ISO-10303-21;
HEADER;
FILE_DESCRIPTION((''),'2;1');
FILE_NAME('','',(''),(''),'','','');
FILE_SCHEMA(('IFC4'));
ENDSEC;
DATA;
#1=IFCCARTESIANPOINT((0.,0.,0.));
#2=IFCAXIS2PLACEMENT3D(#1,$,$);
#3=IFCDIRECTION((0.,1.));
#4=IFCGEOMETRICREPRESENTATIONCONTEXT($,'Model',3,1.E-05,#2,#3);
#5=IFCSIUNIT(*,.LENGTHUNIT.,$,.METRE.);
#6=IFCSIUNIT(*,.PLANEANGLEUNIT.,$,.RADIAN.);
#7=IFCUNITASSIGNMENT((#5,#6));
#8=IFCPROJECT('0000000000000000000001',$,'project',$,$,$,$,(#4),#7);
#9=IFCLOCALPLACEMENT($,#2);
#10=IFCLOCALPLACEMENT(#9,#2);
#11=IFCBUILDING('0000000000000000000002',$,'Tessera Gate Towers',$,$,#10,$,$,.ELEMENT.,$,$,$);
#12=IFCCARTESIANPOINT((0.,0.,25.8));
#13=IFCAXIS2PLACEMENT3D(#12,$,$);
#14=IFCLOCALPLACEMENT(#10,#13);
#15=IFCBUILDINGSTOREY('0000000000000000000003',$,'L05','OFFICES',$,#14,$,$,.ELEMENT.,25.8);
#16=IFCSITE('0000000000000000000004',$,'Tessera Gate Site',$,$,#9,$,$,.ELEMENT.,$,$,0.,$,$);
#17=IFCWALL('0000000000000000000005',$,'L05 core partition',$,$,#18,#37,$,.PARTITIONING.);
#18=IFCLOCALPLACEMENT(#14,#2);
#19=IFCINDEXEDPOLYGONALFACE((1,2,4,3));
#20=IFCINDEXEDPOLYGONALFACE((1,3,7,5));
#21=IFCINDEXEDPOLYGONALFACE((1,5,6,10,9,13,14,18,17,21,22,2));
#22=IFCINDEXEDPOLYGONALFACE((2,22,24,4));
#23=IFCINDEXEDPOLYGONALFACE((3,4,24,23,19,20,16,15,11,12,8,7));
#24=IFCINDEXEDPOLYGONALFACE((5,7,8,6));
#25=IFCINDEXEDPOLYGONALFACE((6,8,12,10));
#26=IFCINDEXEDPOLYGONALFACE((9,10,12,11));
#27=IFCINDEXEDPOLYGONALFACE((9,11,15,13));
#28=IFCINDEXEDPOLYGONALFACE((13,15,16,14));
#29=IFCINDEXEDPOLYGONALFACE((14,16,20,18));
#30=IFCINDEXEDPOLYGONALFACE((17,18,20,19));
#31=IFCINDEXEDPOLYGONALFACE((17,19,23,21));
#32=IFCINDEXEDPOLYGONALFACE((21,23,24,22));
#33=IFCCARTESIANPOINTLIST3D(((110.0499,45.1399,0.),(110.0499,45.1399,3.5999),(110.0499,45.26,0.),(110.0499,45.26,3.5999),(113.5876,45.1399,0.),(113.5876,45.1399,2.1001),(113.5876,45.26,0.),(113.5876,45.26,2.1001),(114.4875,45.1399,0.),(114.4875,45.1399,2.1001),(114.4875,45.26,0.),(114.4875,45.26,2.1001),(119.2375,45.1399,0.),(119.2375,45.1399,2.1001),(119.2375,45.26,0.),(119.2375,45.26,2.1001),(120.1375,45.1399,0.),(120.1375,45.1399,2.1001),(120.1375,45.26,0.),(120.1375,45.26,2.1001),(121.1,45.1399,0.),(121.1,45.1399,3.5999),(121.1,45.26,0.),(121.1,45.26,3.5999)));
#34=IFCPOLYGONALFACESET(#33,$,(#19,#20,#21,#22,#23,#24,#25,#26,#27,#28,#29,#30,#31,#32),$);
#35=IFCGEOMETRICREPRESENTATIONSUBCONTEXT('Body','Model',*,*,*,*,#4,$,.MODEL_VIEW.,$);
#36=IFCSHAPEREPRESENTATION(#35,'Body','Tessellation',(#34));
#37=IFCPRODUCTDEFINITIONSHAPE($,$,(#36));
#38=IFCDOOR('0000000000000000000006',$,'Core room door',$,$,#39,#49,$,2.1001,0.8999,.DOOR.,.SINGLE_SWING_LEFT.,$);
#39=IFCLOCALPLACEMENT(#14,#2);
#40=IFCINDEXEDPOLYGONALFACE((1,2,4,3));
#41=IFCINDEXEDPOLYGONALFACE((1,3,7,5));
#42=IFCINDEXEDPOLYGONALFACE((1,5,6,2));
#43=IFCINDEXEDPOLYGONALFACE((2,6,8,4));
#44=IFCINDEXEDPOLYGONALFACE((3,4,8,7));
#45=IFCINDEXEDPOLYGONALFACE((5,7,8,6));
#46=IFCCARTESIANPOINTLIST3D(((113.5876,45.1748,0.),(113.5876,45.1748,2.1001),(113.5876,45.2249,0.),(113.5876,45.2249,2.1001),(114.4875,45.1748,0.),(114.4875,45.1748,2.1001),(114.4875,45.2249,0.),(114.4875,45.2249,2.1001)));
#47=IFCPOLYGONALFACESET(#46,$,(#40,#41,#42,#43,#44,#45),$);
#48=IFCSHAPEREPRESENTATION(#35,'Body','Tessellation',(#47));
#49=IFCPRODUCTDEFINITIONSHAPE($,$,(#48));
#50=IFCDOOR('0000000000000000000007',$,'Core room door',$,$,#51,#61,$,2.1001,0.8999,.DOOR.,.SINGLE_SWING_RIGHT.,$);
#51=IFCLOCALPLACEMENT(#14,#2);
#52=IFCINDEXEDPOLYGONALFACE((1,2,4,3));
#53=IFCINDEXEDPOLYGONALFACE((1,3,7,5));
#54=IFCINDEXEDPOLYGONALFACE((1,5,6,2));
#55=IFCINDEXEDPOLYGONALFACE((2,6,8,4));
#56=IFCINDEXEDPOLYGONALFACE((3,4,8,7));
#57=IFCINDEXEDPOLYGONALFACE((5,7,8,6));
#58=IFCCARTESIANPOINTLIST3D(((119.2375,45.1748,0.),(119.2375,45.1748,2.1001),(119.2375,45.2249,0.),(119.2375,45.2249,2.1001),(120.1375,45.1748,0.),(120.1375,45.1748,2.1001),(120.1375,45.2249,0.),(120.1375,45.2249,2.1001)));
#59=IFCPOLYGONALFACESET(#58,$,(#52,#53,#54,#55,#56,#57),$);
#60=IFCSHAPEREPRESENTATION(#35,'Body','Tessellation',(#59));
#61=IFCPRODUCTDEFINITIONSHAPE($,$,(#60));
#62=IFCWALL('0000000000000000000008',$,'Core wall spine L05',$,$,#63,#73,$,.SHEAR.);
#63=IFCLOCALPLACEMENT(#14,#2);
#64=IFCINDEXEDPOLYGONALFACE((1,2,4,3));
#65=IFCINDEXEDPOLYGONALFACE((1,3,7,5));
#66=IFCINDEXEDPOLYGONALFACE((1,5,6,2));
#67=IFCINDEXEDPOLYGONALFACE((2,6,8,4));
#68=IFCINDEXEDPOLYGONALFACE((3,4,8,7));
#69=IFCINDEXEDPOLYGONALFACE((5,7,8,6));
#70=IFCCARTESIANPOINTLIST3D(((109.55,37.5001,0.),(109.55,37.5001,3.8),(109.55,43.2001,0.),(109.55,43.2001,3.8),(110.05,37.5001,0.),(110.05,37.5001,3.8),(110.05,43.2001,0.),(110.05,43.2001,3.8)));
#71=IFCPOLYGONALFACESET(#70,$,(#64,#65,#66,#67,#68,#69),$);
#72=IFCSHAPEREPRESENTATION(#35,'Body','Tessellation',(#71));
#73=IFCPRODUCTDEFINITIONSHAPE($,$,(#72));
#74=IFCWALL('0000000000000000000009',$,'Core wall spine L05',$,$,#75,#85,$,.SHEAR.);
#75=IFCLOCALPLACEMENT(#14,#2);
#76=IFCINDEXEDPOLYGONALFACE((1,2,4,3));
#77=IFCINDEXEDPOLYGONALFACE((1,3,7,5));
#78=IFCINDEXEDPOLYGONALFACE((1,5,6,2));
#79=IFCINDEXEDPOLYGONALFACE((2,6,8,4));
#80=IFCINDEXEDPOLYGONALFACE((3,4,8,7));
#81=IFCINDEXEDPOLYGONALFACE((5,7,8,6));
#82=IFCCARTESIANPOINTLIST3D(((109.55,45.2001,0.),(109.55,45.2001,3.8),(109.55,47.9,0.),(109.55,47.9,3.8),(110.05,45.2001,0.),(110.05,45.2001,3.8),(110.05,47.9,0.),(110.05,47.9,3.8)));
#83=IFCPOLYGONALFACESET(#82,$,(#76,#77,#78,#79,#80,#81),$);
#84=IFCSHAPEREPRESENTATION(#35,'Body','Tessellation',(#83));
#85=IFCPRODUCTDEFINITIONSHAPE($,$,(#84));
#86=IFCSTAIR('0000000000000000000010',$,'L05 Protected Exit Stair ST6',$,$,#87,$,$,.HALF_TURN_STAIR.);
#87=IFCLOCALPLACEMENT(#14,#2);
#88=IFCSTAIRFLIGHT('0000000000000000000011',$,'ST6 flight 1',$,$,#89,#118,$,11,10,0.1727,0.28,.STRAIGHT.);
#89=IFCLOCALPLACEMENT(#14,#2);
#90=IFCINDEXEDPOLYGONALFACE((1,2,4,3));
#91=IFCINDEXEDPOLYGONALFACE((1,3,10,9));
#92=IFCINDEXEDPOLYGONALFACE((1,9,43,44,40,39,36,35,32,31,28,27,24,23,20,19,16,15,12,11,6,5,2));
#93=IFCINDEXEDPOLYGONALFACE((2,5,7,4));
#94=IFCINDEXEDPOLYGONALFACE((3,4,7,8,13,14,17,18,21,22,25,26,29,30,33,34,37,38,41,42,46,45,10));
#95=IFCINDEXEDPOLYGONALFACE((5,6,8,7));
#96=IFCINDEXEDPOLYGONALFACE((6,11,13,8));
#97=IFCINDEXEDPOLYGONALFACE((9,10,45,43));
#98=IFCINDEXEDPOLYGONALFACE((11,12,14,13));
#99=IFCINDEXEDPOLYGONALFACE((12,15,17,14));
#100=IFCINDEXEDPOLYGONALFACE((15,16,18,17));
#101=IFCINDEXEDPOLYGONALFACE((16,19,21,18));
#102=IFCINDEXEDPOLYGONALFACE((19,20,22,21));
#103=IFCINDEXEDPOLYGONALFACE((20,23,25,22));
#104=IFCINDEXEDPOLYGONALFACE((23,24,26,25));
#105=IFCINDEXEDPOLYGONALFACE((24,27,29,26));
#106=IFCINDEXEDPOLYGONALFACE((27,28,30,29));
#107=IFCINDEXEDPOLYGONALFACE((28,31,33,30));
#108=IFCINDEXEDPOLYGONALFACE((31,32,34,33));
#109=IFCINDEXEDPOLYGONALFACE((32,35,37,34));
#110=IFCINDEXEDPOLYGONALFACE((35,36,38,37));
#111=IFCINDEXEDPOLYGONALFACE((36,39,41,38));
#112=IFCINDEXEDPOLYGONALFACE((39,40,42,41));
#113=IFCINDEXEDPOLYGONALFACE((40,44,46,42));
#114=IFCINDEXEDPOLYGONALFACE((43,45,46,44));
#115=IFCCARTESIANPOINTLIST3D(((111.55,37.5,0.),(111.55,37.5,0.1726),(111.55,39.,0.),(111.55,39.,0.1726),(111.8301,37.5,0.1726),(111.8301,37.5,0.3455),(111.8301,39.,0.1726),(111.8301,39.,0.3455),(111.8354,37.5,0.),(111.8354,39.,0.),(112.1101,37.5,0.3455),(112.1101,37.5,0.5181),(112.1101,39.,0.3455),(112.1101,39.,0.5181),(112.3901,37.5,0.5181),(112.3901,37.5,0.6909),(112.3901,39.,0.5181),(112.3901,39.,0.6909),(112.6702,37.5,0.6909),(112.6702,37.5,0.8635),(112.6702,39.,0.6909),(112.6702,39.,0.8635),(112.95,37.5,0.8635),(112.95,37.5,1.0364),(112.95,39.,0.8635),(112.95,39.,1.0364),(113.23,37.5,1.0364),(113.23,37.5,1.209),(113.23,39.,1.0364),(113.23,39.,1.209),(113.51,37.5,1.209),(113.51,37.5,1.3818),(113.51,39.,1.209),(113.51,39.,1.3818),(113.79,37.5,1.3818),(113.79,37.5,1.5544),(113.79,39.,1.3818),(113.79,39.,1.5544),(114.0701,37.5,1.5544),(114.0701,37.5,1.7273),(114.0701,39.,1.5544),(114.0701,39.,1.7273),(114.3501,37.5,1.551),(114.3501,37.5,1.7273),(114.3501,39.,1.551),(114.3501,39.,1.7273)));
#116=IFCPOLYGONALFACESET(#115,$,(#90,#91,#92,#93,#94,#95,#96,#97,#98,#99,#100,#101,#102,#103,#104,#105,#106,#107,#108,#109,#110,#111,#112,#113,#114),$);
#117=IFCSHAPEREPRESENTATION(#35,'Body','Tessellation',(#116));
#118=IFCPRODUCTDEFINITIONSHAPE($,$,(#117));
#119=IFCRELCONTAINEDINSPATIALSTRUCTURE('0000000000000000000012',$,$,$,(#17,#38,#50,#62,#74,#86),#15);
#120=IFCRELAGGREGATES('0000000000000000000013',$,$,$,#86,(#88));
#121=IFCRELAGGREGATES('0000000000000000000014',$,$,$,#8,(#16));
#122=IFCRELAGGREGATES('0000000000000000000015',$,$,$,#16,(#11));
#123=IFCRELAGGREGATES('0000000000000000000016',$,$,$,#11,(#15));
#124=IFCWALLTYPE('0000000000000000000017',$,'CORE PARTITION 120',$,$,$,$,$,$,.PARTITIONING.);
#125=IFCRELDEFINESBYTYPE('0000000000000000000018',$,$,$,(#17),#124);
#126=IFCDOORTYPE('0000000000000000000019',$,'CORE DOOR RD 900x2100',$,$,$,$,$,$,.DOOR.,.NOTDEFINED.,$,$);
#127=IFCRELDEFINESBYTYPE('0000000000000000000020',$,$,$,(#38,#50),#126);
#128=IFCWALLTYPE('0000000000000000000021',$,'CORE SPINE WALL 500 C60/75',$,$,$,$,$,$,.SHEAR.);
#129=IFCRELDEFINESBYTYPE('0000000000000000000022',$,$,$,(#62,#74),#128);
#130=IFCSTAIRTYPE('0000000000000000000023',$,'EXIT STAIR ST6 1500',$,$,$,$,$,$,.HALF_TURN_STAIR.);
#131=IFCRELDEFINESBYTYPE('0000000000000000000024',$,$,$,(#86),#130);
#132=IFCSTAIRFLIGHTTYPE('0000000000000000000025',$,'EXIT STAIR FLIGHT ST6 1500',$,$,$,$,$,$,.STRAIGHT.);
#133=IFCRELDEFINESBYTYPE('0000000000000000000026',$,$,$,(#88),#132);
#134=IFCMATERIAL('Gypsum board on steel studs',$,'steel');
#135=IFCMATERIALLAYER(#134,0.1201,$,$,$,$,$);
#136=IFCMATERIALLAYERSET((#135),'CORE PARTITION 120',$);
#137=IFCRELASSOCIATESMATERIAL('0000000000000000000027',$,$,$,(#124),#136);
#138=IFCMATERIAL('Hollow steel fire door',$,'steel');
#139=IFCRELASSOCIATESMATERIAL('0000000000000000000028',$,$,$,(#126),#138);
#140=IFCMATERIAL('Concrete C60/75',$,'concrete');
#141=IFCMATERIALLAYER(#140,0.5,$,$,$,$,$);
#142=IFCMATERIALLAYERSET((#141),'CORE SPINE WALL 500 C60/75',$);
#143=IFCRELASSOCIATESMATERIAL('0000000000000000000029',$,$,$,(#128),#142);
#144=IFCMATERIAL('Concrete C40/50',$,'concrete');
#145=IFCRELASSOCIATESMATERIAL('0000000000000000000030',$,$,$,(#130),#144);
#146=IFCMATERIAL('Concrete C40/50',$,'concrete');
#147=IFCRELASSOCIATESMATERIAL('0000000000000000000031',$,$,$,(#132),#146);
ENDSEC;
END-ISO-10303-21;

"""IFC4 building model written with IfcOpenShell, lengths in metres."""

from ifc_helpers import new_model, si_unit, direction, frame, frame_2d, origin, place, context, subcontext, project, spatial, polyline, rectangle, outline, extrude, source, transform, mapped, material, layer, layer_set, type_object, element, fill, aggregate, save


model = new_model("IFC4")

# Units and contexts
model_context = context("Model", 3, precision=1e-05, world=origin(), true_north=direction((0.0, 1.0)))
body_context = subcontext(model_context, "Body", "Model", "MODEL_VIEW")
ifc_project = project(units=[si_unit("LENGTHUNIT", "METRE"), si_unit("PLANEANGLEUNIT", "RADIAN")], contexts=[model_context])

# Site, building, storey
site_placement = place(None, origin())
site = spatial("IfcSite", under=ifc_project, at=site_placement, Name="Tessera Gate Site", CompositionType="ELEMENT", RefElevation=0.0)
building_placement = place(site_placement, origin())
building = spatial("IfcBuilding", under=site, at=building_placement, Name="Tessera Gate Towers", CompositionType="ELEMENT")
storey_placement = place(building_placement, frame((0.0, 0.0, 25.8)))
storey = spatial("IfcBuildingStorey", under=building, at=storey_placement, Name="L05", Description="OFFICES", CompositionType="ELEMENT", Elevation=25.8)

# Wall, openings, doors
ifc_material_1 = material(Name="Gypsum board on steel studs", Category="steel")
ifc_layer_1 = layer(ifc_material_1, 0.1201)
ifc_layer_set_1 = layer_set([ifc_layer_1], Name="CORE PARTITION 120")
wall_type_1 = type_object("IfcWallType", Name="CORE PARTITION 120", PredefinedType="PARTITIONING", material=ifc_layer_set_1)
wall_1_placement = place(storey_placement, frame((110.05, 45.2, 0.0), z_axis=(0.0, 0.0, 1.0), x_axis=(1.0, 0.0, 0.0)))
wall_1 = element("IfcWall", 1, at=wall_1_placement, inside=storey, type_object=wall_type_1, Name="L05 core partition", PredefinedType="PARTITIONING", context=body_context, shape_type="SweptSolid", body=[
    extrude(rectangle(XDim=11.05, YDim=0.1201, at=frame_2d((5.5249, 0.0))), origin(), (0.0, 0.0, 1.0), 3.5999),
])
shared_shape_1 = source(origin(), body_context, "Body", "SweptSolid", [
    extrude(rectangle(XDim=0.8999, YDim=2.1001, at=frame_2d((0.45, 1.05))), frame((0.0, 0.0701, 0.0), z_axis=(0.0, -1.0, 0.0), x_axis=(1.0, 0.0, 0.0)), (0.0, 0.0, 1.0), 0.1401),
])
opening_1_placement = place(wall_1_placement, frame((3.5376, 0.0, 0.0)))
opening_1 = element("IfcOpeningElement", 2, at=opening_1_placement, cuts=wall_1, PredefinedType="OPENING", context=body_context, shape_type="MappedRepresentation", body=[
    mapped(shared_shape_1, transform((0.0, 0.0, 0.0), scale=1.0)),
])
opening_2_placement = place(wall_1_placement, frame((9.1875, 0.0, 0.0)))
opening_2 = element("IfcOpeningElement", 3, at=opening_2_placement, cuts=wall_1, PredefinedType="OPENING", context=body_context, shape_type="MappedRepresentation", body=[
    mapped(shared_shape_1, transform((0.0, 0.0, 0.0), scale=1.0)),
])
ifc_material_2 = material(Name="Hollow steel fire door", Category="steel")
door_type_1 = type_object("IfcDoorType", Name="CORE DOOR RD 900x2100", OperationType="NOTDEFINED", PredefinedType="DOOR", material=ifc_material_2)
shared_shape_2 = source(origin(), body_context, "Body", "SweptSolid", [
    extrude(rectangle(XDim=0.8999, YDim=2.1001, at=frame_2d((0.45, 1.05))), frame((0.0, 0.0249, 0.0), z_axis=(0.0, -1.0, 0.0), x_axis=(1.0, 0.0, 0.0)), (0.0, 0.0, 1.0), 0.05),
])
door_1_placement = place(opening_1_placement, origin())
door_1 = element("IfcDoor", 4, at=door_1_placement, inside=storey, type_object=door_type_1, Name="Core room door", OperationType="SINGLE_SWING_LEFT", OverallHeight=2.1001, OverallWidth=0.8999, PredefinedType="DOOR", context=body_context, shape_type="MappedRepresentation", body=[
    mapped(shared_shape_2, transform((0.0, 0.0, 0.0), scale=1.0)),
])
fill(opening_1, door_1)
door_2_placement = place(opening_2_placement, origin())
door_2 = element("IfcDoor", 5, at=door_2_placement, inside=storey, type_object=door_type_1, Name="Core room door", OperationType="SINGLE_SWING_RIGHT", OverallHeight=2.1001, OverallWidth=0.8999, PredefinedType="DOOR", context=body_context, shape_type="MappedRepresentation", body=[
    mapped(shared_shape_2, transform((0.0, 0.0, 0.0), scale=1.0)),
])
fill(opening_2, door_2)

# Walls
ifc_material_3 = material(Name="Concrete C60/75", Category="concrete")
ifc_layer_2 = layer(ifc_material_3, 0.5)
ifc_layer_set_2 = layer_set([ifc_layer_2], Name="CORE SPINE WALL 500 C60/75")
wall_type_2 = type_object("IfcWallType", Name="CORE SPINE WALL 500 C60/75", PredefinedType="SHEAR", material=ifc_layer_set_2)
wall_2_placement = place(storey_placement, frame((109.8, 37.5, 0.0), z_axis=(0.0, 0.0, 1.0), x_axis=(0.0, 1.0, 0.0)))
element("IfcWall", 6, at=wall_2_placement, inside=storey, type_object=wall_type_2, Name="Core wall spine L05", PredefinedType="SHEAR", context=body_context, shape_type="SweptSolid", body=[
    extrude(rectangle(XDim=5.7, YDim=0.5, at=frame_2d((2.8501, 0.0))), origin(), (0.0, 0.0, 1.0), 3.8),
])
wall_3_placement = place(storey_placement, frame((109.8, 45.2, 0.0), z_axis=(0.0, 0.0, 1.0), x_axis=(0.0, 1.0, 0.0)))
element("IfcWall", 7, at=wall_3_placement, inside=storey, type_object=wall_type_2, Name="Core wall spine L05", PredefinedType="SHEAR", context=body_context, shape_type="SweptSolid", body=[
    extrude(rectangle(XDim=2.7, YDim=0.5, at=frame_2d((1.3501, 0.0))), origin(), (0.0, 0.0, 1.0), 3.8),
])

# Stair, stair flight
ifc_material_4 = material(Name="Concrete C40/50", Category="concrete")
stair_type = type_object("IfcStairType", Name="EXIT STAIR ST6 1500", PredefinedType="HALF_TURN_STAIR", material=ifc_material_4)
stair_placement = place(storey_placement, origin())
stair = element("IfcStair", 8, at=stair_placement, inside=storey, type_object=stair_type, Name="L05 Protected Exit Stair ST6", PredefinedType="HALF_TURN_STAIR")
ifc_material_5 = material(Name="Concrete C40/50", Category="concrete")
stair_flight_type = type_object("IfcStairFlightType", Name="EXIT STAIR FLIGHT ST6 1500", PredefinedType="STRAIGHT", material=ifc_material_5)
stair_flight_placement = place(storey_placement, frame((111.55, 38.25, 0.0), z_axis=(0.0, 0.0, 1.0), x_axis=(1.0, 0.0, 0.0)))
stair_flight = element("IfcStairFlight", 9, at=stair_flight_placement, type_object=stair_flight_type, Name="ST6 flight 1", NumberOfRisers=11, NumberOfTreads=10, PredefinedType="STRAIGHT", RiserHeight=0.1727, TreadLength=0.28, context=body_context, shape_type="SweptSolid", body=[
    extrude(outline(polyline([(0.0, 0.0), (0.0, 0.1726), (0.28, 0.1726), (0.28, 0.3455), (0.5601, 0.3455), (0.5601, 0.5181), (0.8401, 0.5181), (0.8401, 0.6909), (1.1201, 0.6909), (1.1201, 0.8635), (1.3999, 0.8635), (1.3999, 1.0364), (1.6799, 1.0364), (1.6799, 1.209), (1.96, 1.209), (1.96, 1.3818), (2.24, 1.3818), (2.24, 1.5544), (2.52, 1.5544), (2.52, 1.7273), (2.8, 1.7273), (2.8, 1.8999), (2.8, 1.551), (0.2854, 0.0), (0.0, 0.0)])), frame((0.0, 0.75, 0.0), z_axis=(0.0, -1.0, 0.0), x_axis=(1.0, 0.0, 0.0)), (0.0, 0.0, 1.0), 1.5),
])
aggregate(stair, [stair_flight])

save(model, "model.ifc")
